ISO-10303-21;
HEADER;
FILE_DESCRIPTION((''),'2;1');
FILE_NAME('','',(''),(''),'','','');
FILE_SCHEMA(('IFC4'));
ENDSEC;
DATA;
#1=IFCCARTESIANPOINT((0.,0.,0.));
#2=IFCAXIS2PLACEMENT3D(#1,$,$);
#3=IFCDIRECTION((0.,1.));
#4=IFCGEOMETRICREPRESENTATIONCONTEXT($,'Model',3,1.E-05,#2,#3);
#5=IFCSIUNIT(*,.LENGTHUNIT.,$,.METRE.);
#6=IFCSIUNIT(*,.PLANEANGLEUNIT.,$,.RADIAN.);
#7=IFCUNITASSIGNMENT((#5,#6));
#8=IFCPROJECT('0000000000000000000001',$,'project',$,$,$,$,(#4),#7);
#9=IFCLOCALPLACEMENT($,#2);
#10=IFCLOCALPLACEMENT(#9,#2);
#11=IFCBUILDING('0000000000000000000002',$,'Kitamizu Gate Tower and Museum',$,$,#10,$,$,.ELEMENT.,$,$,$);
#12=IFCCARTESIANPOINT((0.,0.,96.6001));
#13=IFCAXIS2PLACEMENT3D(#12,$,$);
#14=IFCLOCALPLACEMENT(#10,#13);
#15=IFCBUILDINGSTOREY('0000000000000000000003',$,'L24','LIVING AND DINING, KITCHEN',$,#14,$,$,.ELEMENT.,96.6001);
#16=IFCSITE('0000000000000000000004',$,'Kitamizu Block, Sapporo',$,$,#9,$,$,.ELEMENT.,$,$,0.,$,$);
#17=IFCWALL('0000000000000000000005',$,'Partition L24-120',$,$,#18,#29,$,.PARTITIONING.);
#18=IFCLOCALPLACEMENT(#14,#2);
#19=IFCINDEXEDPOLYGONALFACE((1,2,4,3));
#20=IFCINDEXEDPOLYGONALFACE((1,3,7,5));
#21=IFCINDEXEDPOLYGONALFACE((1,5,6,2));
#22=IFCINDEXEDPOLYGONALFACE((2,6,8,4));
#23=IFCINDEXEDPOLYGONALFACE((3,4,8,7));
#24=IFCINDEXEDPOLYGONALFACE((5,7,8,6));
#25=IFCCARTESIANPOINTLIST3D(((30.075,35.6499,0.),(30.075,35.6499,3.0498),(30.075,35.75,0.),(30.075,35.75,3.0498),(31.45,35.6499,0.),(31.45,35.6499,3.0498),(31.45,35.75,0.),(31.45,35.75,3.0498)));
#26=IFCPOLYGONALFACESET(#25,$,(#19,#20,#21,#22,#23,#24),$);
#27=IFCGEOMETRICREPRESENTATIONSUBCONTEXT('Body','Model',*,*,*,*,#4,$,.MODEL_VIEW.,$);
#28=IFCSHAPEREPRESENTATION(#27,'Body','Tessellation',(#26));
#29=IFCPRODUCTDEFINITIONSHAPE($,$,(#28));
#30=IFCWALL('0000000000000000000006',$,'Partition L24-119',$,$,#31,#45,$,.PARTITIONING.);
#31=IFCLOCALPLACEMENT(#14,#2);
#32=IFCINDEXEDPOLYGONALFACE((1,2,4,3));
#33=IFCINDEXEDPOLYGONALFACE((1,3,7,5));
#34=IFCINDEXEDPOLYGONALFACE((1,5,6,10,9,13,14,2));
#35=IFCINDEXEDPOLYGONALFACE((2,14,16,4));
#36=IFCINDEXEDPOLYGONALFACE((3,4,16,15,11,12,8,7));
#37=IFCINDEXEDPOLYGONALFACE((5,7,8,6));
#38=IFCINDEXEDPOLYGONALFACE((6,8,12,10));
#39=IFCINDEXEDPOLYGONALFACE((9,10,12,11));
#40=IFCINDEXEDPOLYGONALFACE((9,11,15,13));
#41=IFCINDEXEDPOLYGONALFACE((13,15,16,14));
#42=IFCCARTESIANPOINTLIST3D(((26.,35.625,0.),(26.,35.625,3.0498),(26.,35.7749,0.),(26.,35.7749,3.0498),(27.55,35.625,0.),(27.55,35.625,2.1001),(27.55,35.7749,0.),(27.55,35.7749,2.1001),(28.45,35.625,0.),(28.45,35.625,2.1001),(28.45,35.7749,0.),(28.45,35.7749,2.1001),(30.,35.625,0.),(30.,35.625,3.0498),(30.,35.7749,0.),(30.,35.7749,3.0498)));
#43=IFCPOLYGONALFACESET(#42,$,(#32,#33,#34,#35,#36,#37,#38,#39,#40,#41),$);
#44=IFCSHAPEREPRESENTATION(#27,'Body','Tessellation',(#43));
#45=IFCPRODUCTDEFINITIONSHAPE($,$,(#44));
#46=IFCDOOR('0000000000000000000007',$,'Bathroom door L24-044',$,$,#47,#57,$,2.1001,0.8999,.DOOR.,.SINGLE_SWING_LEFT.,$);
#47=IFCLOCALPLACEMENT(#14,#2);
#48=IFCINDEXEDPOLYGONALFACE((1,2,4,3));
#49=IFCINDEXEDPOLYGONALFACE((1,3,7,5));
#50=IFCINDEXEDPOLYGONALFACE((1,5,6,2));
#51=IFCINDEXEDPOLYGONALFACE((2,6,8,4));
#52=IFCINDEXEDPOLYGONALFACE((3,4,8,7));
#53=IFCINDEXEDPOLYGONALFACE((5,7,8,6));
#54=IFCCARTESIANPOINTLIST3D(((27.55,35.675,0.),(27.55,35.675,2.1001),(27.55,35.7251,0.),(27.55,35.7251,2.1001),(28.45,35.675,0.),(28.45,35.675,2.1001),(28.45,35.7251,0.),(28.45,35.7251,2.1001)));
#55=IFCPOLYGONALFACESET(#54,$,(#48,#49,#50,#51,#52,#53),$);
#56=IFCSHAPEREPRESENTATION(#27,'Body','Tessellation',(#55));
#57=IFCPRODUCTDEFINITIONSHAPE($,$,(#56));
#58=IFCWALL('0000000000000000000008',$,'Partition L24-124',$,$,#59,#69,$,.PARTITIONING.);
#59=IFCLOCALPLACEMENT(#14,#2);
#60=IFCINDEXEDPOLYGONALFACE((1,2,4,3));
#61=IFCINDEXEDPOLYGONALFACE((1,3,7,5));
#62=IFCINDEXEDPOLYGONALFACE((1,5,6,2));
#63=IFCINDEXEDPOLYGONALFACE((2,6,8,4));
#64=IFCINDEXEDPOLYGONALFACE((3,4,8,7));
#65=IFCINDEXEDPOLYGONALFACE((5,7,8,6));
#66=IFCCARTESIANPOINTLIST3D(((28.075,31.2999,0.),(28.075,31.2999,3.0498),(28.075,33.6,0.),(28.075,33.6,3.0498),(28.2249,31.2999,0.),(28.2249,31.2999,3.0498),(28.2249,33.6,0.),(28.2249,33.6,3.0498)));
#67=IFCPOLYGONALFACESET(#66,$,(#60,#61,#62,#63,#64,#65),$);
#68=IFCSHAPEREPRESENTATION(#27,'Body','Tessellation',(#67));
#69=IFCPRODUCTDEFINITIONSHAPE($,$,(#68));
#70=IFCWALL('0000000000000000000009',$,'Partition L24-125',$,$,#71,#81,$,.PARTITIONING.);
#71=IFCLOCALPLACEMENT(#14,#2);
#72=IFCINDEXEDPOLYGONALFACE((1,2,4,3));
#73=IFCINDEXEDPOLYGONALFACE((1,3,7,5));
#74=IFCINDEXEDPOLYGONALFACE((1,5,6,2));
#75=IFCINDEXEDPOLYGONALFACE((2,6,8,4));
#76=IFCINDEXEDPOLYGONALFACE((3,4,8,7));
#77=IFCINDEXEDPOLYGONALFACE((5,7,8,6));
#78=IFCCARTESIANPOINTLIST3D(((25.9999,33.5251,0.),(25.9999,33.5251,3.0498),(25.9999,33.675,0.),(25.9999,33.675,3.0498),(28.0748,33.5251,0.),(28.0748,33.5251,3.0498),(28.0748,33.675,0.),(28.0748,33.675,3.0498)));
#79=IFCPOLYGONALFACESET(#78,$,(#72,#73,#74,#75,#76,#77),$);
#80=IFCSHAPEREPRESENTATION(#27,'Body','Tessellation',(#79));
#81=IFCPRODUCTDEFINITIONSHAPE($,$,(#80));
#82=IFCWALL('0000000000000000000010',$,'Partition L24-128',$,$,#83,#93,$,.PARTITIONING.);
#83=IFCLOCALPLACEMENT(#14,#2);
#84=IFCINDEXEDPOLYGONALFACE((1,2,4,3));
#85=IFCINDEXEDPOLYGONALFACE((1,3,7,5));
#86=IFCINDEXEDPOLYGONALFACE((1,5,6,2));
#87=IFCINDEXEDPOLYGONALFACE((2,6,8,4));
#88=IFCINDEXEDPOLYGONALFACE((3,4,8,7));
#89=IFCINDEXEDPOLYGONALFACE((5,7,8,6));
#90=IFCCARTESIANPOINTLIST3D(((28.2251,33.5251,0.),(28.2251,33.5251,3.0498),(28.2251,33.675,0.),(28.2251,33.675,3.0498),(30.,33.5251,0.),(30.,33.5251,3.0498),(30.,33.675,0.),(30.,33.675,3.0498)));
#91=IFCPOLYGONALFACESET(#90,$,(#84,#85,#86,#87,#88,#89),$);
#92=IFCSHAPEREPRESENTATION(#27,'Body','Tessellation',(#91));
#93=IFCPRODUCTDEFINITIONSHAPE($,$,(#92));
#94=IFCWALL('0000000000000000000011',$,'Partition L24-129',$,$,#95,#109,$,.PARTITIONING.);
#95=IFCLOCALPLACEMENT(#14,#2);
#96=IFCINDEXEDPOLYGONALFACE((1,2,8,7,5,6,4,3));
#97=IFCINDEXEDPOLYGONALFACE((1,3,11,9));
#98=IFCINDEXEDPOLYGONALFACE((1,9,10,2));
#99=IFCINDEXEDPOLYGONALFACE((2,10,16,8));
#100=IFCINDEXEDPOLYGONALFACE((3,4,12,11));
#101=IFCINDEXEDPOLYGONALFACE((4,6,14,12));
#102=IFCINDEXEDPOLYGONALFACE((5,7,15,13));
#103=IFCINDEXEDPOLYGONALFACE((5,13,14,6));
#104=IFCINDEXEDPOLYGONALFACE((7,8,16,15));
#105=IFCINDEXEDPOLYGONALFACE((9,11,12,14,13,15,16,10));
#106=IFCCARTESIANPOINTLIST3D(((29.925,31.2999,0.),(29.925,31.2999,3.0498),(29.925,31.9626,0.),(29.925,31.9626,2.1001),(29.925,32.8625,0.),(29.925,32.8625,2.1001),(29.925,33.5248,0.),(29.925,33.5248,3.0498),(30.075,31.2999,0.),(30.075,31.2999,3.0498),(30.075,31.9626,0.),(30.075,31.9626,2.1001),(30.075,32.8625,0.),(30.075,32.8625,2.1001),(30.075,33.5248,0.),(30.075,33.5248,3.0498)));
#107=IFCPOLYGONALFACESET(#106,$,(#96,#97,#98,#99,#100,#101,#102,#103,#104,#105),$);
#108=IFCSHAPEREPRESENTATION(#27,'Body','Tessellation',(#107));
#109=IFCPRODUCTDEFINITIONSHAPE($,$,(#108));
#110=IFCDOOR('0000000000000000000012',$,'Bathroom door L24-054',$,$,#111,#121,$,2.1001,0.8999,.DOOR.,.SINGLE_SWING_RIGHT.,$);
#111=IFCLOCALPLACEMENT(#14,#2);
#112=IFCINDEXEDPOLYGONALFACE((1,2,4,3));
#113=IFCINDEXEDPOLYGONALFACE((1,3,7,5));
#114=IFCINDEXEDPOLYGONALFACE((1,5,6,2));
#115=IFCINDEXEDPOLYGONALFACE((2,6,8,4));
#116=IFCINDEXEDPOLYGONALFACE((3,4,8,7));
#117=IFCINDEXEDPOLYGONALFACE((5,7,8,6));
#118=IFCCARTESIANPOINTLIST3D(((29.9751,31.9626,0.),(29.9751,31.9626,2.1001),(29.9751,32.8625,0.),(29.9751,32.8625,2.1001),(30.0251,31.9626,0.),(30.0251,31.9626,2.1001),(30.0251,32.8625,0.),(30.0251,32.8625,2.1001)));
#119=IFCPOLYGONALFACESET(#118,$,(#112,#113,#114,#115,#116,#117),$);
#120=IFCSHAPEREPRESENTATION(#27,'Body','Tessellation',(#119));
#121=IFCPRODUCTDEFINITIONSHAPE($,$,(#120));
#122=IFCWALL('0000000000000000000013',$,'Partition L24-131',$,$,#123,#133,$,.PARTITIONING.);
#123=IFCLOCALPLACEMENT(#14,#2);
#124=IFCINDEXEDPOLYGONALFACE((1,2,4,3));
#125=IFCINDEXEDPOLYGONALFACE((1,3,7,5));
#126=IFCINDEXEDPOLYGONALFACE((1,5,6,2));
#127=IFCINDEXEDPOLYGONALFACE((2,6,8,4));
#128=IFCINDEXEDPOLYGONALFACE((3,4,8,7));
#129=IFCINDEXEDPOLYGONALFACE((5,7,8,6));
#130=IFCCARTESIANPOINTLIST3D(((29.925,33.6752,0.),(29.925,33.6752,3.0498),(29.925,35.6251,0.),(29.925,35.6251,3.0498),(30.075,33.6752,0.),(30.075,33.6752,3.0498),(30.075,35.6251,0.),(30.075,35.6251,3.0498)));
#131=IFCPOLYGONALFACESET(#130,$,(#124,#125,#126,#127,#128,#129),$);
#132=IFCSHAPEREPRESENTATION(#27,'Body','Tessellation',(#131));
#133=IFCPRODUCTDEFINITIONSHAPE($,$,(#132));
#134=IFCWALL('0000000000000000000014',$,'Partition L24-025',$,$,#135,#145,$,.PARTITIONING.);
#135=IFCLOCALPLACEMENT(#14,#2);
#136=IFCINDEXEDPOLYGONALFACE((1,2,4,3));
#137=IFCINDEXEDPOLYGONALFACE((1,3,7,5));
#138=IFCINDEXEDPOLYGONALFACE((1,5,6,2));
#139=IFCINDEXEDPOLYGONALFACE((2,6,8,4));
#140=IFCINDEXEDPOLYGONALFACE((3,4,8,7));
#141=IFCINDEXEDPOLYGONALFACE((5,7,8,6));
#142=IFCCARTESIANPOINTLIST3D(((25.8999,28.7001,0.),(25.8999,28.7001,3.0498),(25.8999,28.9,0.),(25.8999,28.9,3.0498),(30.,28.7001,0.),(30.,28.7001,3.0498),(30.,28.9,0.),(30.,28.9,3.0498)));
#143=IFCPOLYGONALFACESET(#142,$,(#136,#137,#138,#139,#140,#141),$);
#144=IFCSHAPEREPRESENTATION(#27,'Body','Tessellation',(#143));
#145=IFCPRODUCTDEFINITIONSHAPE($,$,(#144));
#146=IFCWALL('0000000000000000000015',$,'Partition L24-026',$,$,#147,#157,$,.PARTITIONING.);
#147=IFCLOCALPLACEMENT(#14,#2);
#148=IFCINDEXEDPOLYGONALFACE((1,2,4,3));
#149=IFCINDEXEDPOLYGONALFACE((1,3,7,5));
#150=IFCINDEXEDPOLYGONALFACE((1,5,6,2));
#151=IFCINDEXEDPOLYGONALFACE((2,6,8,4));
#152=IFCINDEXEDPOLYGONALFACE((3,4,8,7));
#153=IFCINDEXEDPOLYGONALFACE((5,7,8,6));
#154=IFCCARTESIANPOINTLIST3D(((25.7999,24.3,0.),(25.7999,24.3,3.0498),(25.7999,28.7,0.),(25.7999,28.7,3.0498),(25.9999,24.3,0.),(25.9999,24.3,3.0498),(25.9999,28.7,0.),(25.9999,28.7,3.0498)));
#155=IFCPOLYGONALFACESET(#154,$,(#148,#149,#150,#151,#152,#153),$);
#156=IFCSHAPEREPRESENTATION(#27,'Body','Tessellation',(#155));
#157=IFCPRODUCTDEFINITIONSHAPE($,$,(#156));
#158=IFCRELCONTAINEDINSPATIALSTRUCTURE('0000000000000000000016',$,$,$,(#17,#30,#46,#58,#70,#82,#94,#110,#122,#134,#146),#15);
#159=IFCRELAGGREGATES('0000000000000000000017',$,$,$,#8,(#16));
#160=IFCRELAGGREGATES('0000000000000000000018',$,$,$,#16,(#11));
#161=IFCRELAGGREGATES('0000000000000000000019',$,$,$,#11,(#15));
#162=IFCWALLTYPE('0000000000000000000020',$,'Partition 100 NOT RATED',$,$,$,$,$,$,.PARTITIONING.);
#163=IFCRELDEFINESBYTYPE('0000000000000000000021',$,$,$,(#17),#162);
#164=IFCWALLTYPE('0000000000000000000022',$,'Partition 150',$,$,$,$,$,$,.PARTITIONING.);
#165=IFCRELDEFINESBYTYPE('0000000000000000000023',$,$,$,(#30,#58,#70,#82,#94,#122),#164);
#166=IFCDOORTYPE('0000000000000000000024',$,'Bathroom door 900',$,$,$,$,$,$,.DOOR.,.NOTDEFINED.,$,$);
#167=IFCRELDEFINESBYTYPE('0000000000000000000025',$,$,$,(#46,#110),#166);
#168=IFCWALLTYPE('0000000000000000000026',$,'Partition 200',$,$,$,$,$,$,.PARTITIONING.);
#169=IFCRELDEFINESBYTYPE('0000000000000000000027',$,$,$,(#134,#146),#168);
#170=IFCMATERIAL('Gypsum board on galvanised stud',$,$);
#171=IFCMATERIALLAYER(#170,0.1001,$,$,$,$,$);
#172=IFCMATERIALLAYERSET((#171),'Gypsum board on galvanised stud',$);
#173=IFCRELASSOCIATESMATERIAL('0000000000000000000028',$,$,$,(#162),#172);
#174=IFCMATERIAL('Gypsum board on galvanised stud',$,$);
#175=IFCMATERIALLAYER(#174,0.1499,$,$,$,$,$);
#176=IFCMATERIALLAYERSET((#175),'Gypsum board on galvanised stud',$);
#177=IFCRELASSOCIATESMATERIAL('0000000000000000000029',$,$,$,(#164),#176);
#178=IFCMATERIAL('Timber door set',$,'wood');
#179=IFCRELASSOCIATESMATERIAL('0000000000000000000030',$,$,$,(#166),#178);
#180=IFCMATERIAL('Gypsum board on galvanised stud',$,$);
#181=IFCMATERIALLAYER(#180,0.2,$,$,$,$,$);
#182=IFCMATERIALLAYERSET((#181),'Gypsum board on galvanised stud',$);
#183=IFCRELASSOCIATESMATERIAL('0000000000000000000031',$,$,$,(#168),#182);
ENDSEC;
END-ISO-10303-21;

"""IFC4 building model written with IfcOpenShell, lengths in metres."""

from ifc_helpers import new_model, si_unit, direction, frame, frame_2d, origin, place, context, subcontext, project, spatial, rectangle, extrude, material, layer, layer_set, type_object, element, fill, save


model = new_model("IFC4")

# Units and contexts
model_context = context("Model", 3, precision=1e-05, world=origin(), true_north=direction((0.0, 1.0)))
body_context = subcontext(model_context, "Body", "Model", "MODEL_VIEW")
ifc_project = project(units=[si_unit("LENGTHUNIT", "METRE"), si_unit("PLANEANGLEUNIT", "RADIAN")], contexts=[model_context])

# Site, building, storey
site_placement = place(None, origin())
site = spatial("IfcSite", under=ifc_project, at=site_placement, Name="Kitamizu Block, Sapporo", CompositionType="ELEMENT", RefElevation=0.0)
building_placement = place(site_placement, origin())
building = spatial("IfcBuilding", under=site, at=building_placement, Name="Kitamizu Gate Tower and Museum", CompositionType="ELEMENT")
storey_placement = place(building_placement, frame((0.0, 0.0, 96.6001)))
storey = spatial("IfcBuildingStorey", under=building, at=storey_placement, Name="L24", Description="LIVING AND DINING, KITCHEN", CompositionType="ELEMENT", Elevation=96.6001)

# Wall
ifc_material_1 = material(Name="Gypsum board on galvanised stud")
ifc_layer_1 = layer(ifc_material_1, 0.1001)
ifc_layer_set_1 = layer_set([ifc_layer_1], Name="Gypsum board on galvanised stud")
wall_type_1 = type_object("IfcWallType", Name="Partition 100 NOT RATED", PredefinedType="PARTITIONING", material=ifc_layer_set_1)
wall_1_placement = place(storey_placement, frame((30.075, 35.7, 0.0), z_axis=(0.0, 0.0, 1.0), x_axis=(1.0, 0.0, 0.0)))
element("IfcWall", 1, at=wall_1_placement, inside=storey, type_object=wall_type_1, Name="Partition L24-120", PredefinedType="PARTITIONING", context=body_context, shape_type="SweptSolid", body=[
    extrude(rectangle(XDim=1.375, YDim=0.1001, at=frame_2d((0.6875, 0.0))), origin(), (0.0, 0.0, 1.0), 3.0498),
])

# Wall, opening, door
ifc_material_2 = material(Name="Gypsum board on galvanised stud")
ifc_layer_2 = layer(ifc_material_2, 0.1499)
ifc_layer_set_2 = layer_set([ifc_layer_2], Name="Gypsum board on galvanised stud")
wall_type_2 = type_object("IfcWallType", Name="Partition 150", PredefinedType="PARTITIONING", material=ifc_layer_set_2)
wall_2_placement = place(storey_placement, frame((26.0, 35.7, 0.0), z_axis=(0.0, 0.0, 1.0), x_axis=(1.0, 0.0, 0.0)))
wall_2 = element("IfcWall", 2, at=wall_2_placement, inside=storey, type_object=wall_type_2, Name="Partition L24-119", PredefinedType="PARTITIONING", context=body_context, shape_type="SweptSolid", body=[
    extrude(rectangle(XDim=4.0, YDim=0.1499, at=frame_2d((2.0, 0.0))), origin(), (0.0, 0.0, 1.0), 3.0498),
])
opening_1_placement = place(wall_2_placement, frame((1.55, 0.0, 0.0)))
opening_1 = element("IfcOpeningElement", 3, at=opening_1_placement, cuts=wall_2, PredefinedType="OPENING", context=body_context, shape_type="SweptSolid", body=[
    extrude(rectangle(XDim=0.8999, YDim=2.1001, at=frame_2d((0.45, 1.05))), frame((0.0, 0.085, 0.0), z_axis=(0.0, -1.0, 0.0), x_axis=(1.0, 0.0, 0.0)), (0.0, 0.0, 1.0), 0.1699),
])
ifc_material_3 = material(Name="Timber door set", Category="wood")
door_type_1 = type_object("IfcDoorType", Name="Bathroom door 900", OperationType="NOTDEFINED", PredefinedType="DOOR", material=ifc_material_3)
door_1_placement = place(opening_1_placement, frame((0.8999, 0.0, 0.0), x_axis=(-1.0, 0.0, 0.0)))
door_1 = element("IfcDoor", 4, at=door_1_placement, inside=storey, type_object=door_type_1, Name="Bathroom door L24-044", OperationType="SINGLE_SWING_LEFT", OverallHeight=2.1001, OverallWidth=0.8999, PredefinedType="DOOR", context=body_context, shape_type="SweptSolid", body=[
    extrude(rectangle(XDim=0.8999, YDim=2.1001, at=frame_2d((0.45, 1.05))), frame((0.0, 0.0249, 0.0), z_axis=(0.0, -1.0, 0.0), x_axis=(1.0, 0.0, 0.0)), (0.0, 0.0, 1.0), 0.05),
])
fill(opening_1, door_1)

# Walls
wall_3_placement = place(storey_placement, frame((28.1499, 31.3, 0.0), z_axis=(0.0, 0.0, 1.0), x_axis=(0.0, 1.0, 0.0)))
element("IfcWall", 5, at=wall_3_placement, inside=storey, type_object=wall_type_2, Name="Partition L24-124", PredefinedType="PARTITIONING", context=body_context, shape_type="SweptSolid", body=[
    extrude(rectangle(XDim=2.3, YDim=0.1499, at=frame_2d((1.1499, 0.0))), origin(), (0.0, 0.0, 1.0), 3.0498),
])
wall_4_placement = place(storey_placement, frame((28.075, 33.6001, 0.0), z_axis=(0.0, 0.0, 1.0), x_axis=(-1.0, 0.0, 0.0)))
element("IfcWall", 6, at=wall_4_placement, inside=storey, type_object=wall_type_2, Name="Partition L24-125", PredefinedType="PARTITIONING", context=body_context, shape_type="SweptSolid", body=[
    extrude(rectangle(XDim=2.075, YDim=0.1499, at=frame_2d((1.0376, 0.0))), origin(), (0.0, 0.0, 1.0), 3.0498),
])
wall_5_placement = place(storey_placement, frame((30.0, 33.6001, 0.0), z_axis=(0.0, 0.0, 1.0), x_axis=(-1.0, 0.0, 0.0)))
element("IfcWall", 7, at=wall_5_placement, inside=storey, type_object=wall_type_2, Name="Partition L24-128", PredefinedType="PARTITIONING", context=body_context, shape_type="SweptSolid", body=[
    extrude(rectangle(XDim=1.7749, YDim=0.1499, at=frame_2d((0.8875, 0.0))), origin(), (0.0, 0.0, 1.0), 3.0498),
])

# Wall, opening, door
wall_6_placement = place(storey_placement, frame((30.0, 31.3, 0.0), z_axis=(0.0, 0.0, 1.0), x_axis=(0.0, 1.0, 0.0)))
wall_6 = element("IfcWall", 8, at=wall_6_placement, inside=storey, type_object=wall_type_2, Name="Partition L24-129", PredefinedType="PARTITIONING", context=body_context, shape_type="SweptSolid", body=[
    extrude(rectangle(XDim=2.2249, YDim=0.1499, at=frame_2d((1.1123, 0.0))), origin(), (0.0, 0.0, 1.0), 3.0498),
])
opening_2_placement = place(wall_6_placement, frame((0.6626, 0.0, 0.0)))
opening_2 = element("IfcOpeningElement", 9, at=opening_2_placement, cuts=wall_6, PredefinedType="OPENING", context=body_context, shape_type="SweptSolid", body=[
    extrude(rectangle(XDim=0.8999, YDim=2.1001, at=frame_2d((0.45, 1.05))), frame((0.0, 0.085, 0.0), z_axis=(0.0, -1.0, 0.0), x_axis=(1.0, 0.0, 0.0)), (0.0, 0.0, 1.0), 0.1699),
])
door_2_placement = place(opening_2_placement, origin())
door_2 = element("IfcDoor", 10, at=door_2_placement, inside=storey, type_object=door_type_1, Name="Bathroom door L24-054", OperationType="SINGLE_SWING_RIGHT", OverallHeight=2.1001, OverallWidth=0.8999, PredefinedType="DOOR", context=body_context, shape_type="SweptSolid", body=[
    extrude(rectangle(XDim=0.8999, YDim=2.1001, at=frame_2d((0.45, 1.05))), frame((0.0, 0.0249, 0.0), z_axis=(0.0, -1.0, 0.0), x_axis=(1.0, 0.0, 0.0)), (0.0, 0.0, 1.0), 0.05),
])
fill(opening_2, door_2)

# Walls
wall_7_placement = place(storey_placement, frame((30.0, 33.675, 0.0), z_axis=(0.0, 0.0, 1.0), x_axis=(0.0, 1.0, 0.0)))
element("IfcWall", 11, at=wall_7_placement, inside=storey, type_object=wall_type_2, Name="Partition L24-131", PredefinedType="PARTITIONING", context=body_context, shape_type="SweptSolid", body=[
    extrude(rectangle(XDim=1.95, YDim=0.1499, at=frame_2d((0.9751, 0.0))), origin(), (0.0, 0.0, 1.0), 3.0498),
])
ifc_material_4 = material(Name="Gypsum board on galvanised stud")
ifc_layer_3 = layer(ifc_material_4, 0.2)
ifc_layer_set_3 = layer_set([ifc_layer_3], Name="Gypsum board on galvanised stud")
wall_type_3 = type_object("IfcWallType", Name="Partition 200", PredefinedType="PARTITIONING", material=ifc_layer_set_3)
wall_8_placement = place(storey_placement, frame((30.0, 28.8, 0.0), z_axis=(0.0, 0.0, 1.0), x_axis=(-1.0, 0.0, 0.0)))
element("IfcWall", 12, at=wall_8_placement, inside=storey, type_object=wall_type_3, Name="Partition L24-025", PredefinedType="PARTITIONING", context=body_context, shape_type="SweptSolid", body=[
    extrude(rectangle(XDim=4.1001, YDim=0.2, at=frame_2d((2.05, 0.0))), origin(), (0.0, 0.0, 1.0), 3.0498),
])
wall_9_placement = place(storey_placement, frame((25.8999, 28.7, 0.0), z_axis=(0.0, 0.0, 1.0), x_axis=(0.0, -1.0, 0.0)))
element("IfcWall", 13, at=wall_9_placement, inside=storey, type_object=wall_type_3, Name="Partition L24-026", PredefinedType="PARTITIONING", context=body_context, shape_type="SweptSolid", body=[
    extrude(rectangle(XDim=4.3999, YDim=0.2, at=frame_2d((2.2, 0.0))), origin(), (0.0, 0.0, 1.0), 3.0498),
])

save(model, "model.ifc")
